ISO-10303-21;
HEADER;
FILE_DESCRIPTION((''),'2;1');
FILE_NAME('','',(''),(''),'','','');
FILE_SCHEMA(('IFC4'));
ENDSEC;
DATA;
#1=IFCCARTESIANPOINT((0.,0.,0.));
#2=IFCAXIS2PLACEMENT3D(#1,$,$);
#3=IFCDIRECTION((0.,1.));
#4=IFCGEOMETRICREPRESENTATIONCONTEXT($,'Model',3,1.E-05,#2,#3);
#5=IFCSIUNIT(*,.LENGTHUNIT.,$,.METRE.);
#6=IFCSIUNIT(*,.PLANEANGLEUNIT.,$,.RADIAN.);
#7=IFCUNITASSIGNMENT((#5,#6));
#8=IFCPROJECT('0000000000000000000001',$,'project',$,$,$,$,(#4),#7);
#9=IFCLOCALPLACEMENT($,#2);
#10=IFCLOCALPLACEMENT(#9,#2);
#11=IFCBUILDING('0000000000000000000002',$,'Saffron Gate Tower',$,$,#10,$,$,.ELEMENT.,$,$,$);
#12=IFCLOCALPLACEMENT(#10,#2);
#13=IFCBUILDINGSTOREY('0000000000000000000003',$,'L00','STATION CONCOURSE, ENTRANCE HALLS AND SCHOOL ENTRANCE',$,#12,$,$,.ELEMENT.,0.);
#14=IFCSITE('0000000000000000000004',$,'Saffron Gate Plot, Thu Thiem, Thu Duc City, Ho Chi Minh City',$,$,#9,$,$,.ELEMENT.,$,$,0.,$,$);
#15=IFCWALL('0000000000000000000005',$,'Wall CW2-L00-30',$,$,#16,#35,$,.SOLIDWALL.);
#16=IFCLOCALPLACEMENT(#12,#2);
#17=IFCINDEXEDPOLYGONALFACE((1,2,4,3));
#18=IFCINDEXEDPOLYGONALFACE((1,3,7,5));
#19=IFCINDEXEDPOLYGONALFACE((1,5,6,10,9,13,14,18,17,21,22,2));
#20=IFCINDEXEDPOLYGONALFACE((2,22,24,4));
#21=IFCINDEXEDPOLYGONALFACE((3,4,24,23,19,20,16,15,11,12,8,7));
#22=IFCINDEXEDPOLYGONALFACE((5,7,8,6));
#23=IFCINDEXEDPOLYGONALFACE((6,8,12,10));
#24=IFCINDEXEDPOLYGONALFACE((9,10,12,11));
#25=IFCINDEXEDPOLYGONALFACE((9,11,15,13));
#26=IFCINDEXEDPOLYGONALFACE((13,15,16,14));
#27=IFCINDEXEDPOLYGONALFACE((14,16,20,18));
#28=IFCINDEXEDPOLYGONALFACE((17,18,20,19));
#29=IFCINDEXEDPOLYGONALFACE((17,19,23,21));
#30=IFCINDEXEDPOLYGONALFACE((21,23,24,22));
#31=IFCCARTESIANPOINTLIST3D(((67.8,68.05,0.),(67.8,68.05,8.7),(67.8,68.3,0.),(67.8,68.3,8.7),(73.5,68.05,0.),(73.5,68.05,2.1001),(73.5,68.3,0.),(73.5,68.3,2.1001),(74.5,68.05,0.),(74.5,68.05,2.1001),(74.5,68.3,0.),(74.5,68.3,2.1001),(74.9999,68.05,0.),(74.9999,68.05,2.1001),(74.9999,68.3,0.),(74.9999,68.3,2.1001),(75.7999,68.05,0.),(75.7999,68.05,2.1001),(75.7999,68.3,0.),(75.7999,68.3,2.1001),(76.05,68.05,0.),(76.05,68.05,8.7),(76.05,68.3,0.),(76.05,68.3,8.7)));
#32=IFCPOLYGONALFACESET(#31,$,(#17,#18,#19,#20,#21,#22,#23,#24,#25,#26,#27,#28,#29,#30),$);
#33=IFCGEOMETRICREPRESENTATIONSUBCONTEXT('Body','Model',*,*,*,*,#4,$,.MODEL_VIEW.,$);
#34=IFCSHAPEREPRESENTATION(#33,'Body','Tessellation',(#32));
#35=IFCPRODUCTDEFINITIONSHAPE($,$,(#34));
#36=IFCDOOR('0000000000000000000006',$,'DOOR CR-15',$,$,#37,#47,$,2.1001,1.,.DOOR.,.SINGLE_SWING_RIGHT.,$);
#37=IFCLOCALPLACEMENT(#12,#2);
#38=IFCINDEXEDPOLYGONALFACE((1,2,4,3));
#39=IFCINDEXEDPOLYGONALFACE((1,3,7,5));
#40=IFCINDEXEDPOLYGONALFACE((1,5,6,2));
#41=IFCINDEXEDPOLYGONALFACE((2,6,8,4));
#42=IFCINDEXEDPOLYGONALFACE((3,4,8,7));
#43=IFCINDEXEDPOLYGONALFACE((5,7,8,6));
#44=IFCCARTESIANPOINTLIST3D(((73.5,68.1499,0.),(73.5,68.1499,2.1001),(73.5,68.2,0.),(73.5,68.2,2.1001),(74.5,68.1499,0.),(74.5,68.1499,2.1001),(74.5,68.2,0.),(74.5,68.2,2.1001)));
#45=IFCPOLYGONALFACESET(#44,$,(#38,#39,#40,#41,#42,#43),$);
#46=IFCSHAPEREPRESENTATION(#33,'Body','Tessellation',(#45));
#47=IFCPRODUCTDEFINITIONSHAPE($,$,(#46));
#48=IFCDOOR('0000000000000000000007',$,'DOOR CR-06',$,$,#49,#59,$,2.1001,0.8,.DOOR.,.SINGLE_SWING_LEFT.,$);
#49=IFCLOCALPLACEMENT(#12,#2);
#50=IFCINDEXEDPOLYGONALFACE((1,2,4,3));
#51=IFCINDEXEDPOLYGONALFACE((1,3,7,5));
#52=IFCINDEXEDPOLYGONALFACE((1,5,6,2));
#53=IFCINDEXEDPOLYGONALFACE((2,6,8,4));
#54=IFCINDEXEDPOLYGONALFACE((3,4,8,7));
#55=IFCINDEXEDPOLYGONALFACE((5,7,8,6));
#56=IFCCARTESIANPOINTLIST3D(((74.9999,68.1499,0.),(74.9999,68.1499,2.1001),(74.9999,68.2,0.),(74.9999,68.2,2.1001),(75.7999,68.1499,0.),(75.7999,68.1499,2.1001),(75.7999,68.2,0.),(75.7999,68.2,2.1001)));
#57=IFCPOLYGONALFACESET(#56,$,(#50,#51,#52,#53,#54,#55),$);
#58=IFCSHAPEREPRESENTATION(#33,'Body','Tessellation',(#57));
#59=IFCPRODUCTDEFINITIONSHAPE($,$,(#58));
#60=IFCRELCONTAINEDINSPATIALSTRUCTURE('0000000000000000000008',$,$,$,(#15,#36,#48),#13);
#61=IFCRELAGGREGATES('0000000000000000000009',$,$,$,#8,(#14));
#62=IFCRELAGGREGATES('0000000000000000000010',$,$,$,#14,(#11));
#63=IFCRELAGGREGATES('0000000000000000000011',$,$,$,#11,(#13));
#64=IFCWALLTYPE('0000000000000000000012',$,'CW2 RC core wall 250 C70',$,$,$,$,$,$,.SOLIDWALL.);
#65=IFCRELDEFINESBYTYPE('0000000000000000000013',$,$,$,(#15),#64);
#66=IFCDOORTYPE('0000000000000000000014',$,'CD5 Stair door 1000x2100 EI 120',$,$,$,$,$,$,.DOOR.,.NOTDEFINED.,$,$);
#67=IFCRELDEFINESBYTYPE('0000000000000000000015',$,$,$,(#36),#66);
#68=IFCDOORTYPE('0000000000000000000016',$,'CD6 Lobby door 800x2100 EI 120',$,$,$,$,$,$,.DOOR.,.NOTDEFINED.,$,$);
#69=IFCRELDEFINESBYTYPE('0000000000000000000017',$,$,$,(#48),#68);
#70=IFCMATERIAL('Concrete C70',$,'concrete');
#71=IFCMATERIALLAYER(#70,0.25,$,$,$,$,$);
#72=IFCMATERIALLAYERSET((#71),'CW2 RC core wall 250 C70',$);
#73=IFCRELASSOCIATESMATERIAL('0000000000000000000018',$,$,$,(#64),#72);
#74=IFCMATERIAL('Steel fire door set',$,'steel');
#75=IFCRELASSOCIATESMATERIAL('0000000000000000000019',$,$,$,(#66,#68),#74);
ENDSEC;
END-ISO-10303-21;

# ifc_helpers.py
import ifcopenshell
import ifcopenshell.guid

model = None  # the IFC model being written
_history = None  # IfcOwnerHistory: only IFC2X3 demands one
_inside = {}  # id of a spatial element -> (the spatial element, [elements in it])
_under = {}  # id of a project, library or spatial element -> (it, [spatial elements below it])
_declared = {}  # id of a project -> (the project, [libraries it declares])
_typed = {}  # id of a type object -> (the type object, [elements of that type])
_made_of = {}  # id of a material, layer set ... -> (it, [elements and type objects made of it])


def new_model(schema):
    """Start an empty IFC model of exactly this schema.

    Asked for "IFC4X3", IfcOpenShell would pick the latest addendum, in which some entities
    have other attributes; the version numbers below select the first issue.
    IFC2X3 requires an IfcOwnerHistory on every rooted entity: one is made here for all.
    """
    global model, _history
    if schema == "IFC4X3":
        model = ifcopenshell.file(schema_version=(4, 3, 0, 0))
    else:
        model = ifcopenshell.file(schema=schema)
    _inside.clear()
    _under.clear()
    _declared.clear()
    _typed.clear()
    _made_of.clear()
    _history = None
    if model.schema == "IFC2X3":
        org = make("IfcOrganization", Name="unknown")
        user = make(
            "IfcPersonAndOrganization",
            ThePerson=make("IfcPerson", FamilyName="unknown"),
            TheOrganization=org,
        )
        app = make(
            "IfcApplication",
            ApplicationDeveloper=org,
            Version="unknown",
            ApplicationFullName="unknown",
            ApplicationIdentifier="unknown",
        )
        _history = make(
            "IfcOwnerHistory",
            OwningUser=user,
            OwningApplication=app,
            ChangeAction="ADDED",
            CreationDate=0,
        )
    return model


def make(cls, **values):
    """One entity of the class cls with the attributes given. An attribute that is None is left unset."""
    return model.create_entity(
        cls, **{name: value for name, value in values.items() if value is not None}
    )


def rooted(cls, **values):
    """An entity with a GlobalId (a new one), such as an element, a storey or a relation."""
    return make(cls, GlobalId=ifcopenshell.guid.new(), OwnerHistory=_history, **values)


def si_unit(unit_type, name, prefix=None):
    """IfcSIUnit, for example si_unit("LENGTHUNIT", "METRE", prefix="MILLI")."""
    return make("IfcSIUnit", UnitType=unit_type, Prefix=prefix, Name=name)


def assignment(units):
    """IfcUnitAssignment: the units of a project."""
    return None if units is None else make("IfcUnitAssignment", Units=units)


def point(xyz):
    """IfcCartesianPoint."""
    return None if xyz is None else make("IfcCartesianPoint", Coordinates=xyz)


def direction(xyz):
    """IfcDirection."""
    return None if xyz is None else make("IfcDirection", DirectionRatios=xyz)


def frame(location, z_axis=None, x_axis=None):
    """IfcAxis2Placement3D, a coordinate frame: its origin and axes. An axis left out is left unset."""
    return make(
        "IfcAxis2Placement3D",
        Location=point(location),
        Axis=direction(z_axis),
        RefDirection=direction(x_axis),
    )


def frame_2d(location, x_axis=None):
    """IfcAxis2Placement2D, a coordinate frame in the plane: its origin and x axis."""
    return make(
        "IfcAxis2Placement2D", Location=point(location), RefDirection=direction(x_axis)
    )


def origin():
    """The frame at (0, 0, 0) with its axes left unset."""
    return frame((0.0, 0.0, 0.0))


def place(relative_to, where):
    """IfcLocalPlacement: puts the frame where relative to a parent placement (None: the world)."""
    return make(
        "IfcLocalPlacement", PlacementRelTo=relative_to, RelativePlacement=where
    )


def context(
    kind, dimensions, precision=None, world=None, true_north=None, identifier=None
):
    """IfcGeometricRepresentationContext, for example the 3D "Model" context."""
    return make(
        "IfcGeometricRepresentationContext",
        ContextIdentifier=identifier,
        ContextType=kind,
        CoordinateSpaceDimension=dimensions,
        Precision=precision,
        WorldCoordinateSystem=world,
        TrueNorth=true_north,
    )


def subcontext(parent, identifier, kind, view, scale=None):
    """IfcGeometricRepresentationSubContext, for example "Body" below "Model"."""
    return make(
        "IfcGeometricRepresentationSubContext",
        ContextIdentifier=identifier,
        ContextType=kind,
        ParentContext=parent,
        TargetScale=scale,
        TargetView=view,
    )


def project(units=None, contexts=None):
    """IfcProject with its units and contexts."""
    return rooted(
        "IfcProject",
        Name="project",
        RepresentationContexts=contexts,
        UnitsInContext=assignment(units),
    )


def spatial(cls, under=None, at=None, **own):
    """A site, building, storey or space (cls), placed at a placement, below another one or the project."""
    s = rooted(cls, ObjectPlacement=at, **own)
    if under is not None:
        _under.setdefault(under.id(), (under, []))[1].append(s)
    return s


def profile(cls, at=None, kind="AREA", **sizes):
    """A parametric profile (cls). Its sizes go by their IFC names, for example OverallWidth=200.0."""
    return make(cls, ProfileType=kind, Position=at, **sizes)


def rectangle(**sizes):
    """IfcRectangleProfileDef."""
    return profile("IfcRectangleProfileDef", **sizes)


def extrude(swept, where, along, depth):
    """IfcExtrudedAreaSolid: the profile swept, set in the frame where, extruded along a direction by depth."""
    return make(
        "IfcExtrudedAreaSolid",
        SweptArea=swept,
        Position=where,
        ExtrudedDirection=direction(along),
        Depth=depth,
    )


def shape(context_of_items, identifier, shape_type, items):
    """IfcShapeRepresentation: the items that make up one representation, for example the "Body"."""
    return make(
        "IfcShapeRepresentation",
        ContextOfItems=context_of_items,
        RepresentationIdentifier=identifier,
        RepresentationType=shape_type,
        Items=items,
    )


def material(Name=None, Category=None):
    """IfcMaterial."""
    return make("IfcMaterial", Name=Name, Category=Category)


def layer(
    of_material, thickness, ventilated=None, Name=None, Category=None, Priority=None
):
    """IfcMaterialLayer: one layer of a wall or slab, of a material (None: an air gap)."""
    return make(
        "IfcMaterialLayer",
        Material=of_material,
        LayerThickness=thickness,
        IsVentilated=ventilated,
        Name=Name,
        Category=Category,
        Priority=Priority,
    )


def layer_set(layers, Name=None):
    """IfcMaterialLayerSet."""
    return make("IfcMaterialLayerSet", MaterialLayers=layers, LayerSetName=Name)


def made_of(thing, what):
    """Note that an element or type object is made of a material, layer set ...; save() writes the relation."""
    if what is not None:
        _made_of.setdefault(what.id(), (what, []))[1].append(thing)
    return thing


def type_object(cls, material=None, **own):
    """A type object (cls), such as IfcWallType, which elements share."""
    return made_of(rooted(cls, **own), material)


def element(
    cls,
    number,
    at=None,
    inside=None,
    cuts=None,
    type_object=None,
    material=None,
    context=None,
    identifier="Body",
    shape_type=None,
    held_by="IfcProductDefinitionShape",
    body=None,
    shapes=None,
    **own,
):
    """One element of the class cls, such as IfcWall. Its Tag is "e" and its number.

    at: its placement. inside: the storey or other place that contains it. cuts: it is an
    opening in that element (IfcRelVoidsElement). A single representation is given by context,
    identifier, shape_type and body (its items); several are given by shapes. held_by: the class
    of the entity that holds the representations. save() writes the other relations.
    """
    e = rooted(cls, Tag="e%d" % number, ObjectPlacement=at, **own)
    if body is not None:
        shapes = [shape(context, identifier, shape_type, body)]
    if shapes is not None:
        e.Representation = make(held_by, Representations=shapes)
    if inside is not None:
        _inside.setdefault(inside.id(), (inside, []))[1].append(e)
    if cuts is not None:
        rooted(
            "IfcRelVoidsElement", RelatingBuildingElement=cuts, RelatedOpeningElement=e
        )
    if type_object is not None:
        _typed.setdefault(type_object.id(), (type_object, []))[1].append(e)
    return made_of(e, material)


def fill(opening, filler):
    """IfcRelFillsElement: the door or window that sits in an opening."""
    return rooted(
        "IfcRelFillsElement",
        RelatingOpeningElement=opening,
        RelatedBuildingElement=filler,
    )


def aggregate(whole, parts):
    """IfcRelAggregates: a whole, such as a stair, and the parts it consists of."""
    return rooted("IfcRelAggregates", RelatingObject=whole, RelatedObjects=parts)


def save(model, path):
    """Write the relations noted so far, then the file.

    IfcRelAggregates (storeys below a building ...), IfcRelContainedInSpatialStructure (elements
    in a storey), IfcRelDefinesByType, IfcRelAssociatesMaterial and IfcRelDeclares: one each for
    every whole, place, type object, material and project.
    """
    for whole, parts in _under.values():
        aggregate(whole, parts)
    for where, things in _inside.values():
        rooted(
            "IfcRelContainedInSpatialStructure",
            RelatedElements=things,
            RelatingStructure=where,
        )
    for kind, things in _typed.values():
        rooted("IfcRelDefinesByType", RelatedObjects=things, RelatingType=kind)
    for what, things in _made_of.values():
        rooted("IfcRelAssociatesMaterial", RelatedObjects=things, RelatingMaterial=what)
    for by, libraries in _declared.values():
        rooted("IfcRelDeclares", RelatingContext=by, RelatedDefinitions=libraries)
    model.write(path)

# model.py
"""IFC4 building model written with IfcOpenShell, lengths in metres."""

from ifc_helpers import new_model, si_unit, direction, frame, frame_2d, origin, place, context, subcontext, project, spatial, rectangle, extrude, material, layer, layer_set, type_object, element, fill, save


model = new_model("IFC4")

# Units and contexts
model_context = context("Model", 3, precision=1e-05, world=origin(), true_north=direction((0.0, 1.0)))
body_context = subcontext(model_context, "Body", "Model", "MODEL_VIEW")
ifc_project = project(units=[si_unit("LENGTHUNIT", "METRE"), si_unit("PLANEANGLEUNIT", "RADIAN")], contexts=[model_context])

# Site, building, storey
site_placement = place(None, origin())
site = spatial("IfcSite", under=ifc_project, at=site_placement, Name="Saffron Gate Plot, Thu Thiem, Thu Duc City, Ho Chi Minh City", CompositionType="ELEMENT", RefElevation=0.0)
building_placement = place(site_placement, origin())
building = spatial("IfcBuilding", under=site, at=building_placement, Name="Saffron Gate Tower", CompositionType="ELEMENT")
storey_placement = place(building_placement, origin())
storey = spatial("IfcBuildingStorey", under=building, at=storey_placement, Name="L00", Description="STATION CONCOURSE, ENTRANCE HALLS AND SCHOOL ENTRANCE", CompositionType="ELEMENT", Elevation=0.0)

# Wall, openings, doors
ifc_material_1 = material(Name="Concrete C70", Category="concrete")
ifc_layer_1 = layer(ifc_material_1, 0.25)
ifc_layer_set_1 = layer_set([ifc_layer_1], Name="CW2 RC core wall 250 C70")
wall_type_1 = type_object("IfcWallType", Name="CW2 RC core wall 250 C70", PredefinedType="SOLIDWALL", material=ifc_layer_set_1)
wall_1_placement = place(storey_placement, frame((67.8, 68.175, 0.0), z_axis=(0.0, 0.0, 1.0), x_axis=(1.0, 0.0, 0.0)))
wall_1 = element("IfcWall", 1, at=wall_1_placement, inside=storey, type_object=wall_type_1, Name="Wall CW2-L00-30", PredefinedType="SOLIDWALL", context=body_context, shape_type="SweptSolid", body=[
    extrude(rectangle(XDim=8.25, YDim=0.25, at=frame_2d((4.125, 0.0))), origin(), (0.0, 0.0, 1.0), 8.7),
])
opening_1_placement = place(wall_1_placement, frame((5.7, 0.0, 0.0)))
opening_1 = element("IfcOpeningElement", 2, at=opening_1_placement, cuts=wall_1, PredefinedType="OPENING", context=body_context, shape_type="SweptSolid", body=[
    extrude(rectangle(XDim=1.0, YDim=2.1001, at=frame_2d((0.5, 1.05))), frame((0.0, 0.135, 0.0), z_axis=(0.0, -1.0, 0.0), x_axis=(1.0, 0.0, 0.0)), (0.0, 0.0, 1.0), 0.27),
])
opening_2_placement = place(wall_1_placement, frame((7.2, 0.0, 0.0)))
opening_2 = element("IfcOpeningElement", 3, at=opening_2_placement, cuts=wall_1, PredefinedType="OPENING", context=body_context, shape_type="SweptSolid", body=[
    extrude(rectangle(XDim=0.8, YDim=2.1001, at=frame_2d((0.3999, 1.05))), frame((0.0, 0.135, 0.0), z_axis=(0.0, -1.0, 0.0), x_axis=(1.0, 0.0, 0.0)), (0.0, 0.0, 1.0), 0.27),
])
ifc_material_2 = material(Name="Steel fire door set", Category="steel")
door_type_1 = type_object("IfcDoorType", Name="CD5 Stair door 1000x2100 EI 120", OperationType="NOTDEFINED", PredefinedType="DOOR", material=ifc_material_2)
door_1_placement = place(opening_1_placement, origin())
door_1 = element("IfcDoor", 4, at=door_1_placement, inside=storey, type_object=door_type_1, Name="DOOR CR-15", OperationType="SINGLE_SWING_RIGHT", OverallHeight=2.1001, OverallWidth=1.0, PredefinedType="DOOR", context=body_context, shape_type="SweptSolid", body=[
    extrude(rectangle(XDim=1.0, YDim=2.1001, at=frame_2d((0.5, 1.05))), frame((0.0, 0.0249, 0.0), z_axis=(0.0, -1.0, 0.0), x_axis=(1.0, 0.0, 0.0)), (0.0, 0.0, 1.0), 0.05),
])
fill(opening_1, door_1)
door_type_2 = type_object("IfcDoorType", Name="CD6 Lobby door 800x2100 EI 120", OperationType="NOTDEFINED", PredefinedType="DOOR", material=ifc_material_2)
door_2_placement = place(opening_2_placement, origin())
door_2 = element("IfcDoor", 5, at=door_2_placement, inside=storey, type_object=door_type_2, Name="DOOR CR-06", OperationType="SINGLE_SWING_LEFT", OverallHeight=2.1001, OverallWidth=0.8, PredefinedType="DOOR", context=body_context, shape_type="SweptSolid", body=[
    extrude(rectangle(XDim=0.8, YDim=2.1001, at=frame_2d((0.3999, 1.05))), frame((0.0, 0.0249, 0.0), z_axis=(0.0, -1.0, 0.0), x_axis=(1.0, 0.0, 0.0)), (0.0, 0.0, 1.0), 0.05),
])
fill(opening_2, door_2)

save(model, "model.ifc")
